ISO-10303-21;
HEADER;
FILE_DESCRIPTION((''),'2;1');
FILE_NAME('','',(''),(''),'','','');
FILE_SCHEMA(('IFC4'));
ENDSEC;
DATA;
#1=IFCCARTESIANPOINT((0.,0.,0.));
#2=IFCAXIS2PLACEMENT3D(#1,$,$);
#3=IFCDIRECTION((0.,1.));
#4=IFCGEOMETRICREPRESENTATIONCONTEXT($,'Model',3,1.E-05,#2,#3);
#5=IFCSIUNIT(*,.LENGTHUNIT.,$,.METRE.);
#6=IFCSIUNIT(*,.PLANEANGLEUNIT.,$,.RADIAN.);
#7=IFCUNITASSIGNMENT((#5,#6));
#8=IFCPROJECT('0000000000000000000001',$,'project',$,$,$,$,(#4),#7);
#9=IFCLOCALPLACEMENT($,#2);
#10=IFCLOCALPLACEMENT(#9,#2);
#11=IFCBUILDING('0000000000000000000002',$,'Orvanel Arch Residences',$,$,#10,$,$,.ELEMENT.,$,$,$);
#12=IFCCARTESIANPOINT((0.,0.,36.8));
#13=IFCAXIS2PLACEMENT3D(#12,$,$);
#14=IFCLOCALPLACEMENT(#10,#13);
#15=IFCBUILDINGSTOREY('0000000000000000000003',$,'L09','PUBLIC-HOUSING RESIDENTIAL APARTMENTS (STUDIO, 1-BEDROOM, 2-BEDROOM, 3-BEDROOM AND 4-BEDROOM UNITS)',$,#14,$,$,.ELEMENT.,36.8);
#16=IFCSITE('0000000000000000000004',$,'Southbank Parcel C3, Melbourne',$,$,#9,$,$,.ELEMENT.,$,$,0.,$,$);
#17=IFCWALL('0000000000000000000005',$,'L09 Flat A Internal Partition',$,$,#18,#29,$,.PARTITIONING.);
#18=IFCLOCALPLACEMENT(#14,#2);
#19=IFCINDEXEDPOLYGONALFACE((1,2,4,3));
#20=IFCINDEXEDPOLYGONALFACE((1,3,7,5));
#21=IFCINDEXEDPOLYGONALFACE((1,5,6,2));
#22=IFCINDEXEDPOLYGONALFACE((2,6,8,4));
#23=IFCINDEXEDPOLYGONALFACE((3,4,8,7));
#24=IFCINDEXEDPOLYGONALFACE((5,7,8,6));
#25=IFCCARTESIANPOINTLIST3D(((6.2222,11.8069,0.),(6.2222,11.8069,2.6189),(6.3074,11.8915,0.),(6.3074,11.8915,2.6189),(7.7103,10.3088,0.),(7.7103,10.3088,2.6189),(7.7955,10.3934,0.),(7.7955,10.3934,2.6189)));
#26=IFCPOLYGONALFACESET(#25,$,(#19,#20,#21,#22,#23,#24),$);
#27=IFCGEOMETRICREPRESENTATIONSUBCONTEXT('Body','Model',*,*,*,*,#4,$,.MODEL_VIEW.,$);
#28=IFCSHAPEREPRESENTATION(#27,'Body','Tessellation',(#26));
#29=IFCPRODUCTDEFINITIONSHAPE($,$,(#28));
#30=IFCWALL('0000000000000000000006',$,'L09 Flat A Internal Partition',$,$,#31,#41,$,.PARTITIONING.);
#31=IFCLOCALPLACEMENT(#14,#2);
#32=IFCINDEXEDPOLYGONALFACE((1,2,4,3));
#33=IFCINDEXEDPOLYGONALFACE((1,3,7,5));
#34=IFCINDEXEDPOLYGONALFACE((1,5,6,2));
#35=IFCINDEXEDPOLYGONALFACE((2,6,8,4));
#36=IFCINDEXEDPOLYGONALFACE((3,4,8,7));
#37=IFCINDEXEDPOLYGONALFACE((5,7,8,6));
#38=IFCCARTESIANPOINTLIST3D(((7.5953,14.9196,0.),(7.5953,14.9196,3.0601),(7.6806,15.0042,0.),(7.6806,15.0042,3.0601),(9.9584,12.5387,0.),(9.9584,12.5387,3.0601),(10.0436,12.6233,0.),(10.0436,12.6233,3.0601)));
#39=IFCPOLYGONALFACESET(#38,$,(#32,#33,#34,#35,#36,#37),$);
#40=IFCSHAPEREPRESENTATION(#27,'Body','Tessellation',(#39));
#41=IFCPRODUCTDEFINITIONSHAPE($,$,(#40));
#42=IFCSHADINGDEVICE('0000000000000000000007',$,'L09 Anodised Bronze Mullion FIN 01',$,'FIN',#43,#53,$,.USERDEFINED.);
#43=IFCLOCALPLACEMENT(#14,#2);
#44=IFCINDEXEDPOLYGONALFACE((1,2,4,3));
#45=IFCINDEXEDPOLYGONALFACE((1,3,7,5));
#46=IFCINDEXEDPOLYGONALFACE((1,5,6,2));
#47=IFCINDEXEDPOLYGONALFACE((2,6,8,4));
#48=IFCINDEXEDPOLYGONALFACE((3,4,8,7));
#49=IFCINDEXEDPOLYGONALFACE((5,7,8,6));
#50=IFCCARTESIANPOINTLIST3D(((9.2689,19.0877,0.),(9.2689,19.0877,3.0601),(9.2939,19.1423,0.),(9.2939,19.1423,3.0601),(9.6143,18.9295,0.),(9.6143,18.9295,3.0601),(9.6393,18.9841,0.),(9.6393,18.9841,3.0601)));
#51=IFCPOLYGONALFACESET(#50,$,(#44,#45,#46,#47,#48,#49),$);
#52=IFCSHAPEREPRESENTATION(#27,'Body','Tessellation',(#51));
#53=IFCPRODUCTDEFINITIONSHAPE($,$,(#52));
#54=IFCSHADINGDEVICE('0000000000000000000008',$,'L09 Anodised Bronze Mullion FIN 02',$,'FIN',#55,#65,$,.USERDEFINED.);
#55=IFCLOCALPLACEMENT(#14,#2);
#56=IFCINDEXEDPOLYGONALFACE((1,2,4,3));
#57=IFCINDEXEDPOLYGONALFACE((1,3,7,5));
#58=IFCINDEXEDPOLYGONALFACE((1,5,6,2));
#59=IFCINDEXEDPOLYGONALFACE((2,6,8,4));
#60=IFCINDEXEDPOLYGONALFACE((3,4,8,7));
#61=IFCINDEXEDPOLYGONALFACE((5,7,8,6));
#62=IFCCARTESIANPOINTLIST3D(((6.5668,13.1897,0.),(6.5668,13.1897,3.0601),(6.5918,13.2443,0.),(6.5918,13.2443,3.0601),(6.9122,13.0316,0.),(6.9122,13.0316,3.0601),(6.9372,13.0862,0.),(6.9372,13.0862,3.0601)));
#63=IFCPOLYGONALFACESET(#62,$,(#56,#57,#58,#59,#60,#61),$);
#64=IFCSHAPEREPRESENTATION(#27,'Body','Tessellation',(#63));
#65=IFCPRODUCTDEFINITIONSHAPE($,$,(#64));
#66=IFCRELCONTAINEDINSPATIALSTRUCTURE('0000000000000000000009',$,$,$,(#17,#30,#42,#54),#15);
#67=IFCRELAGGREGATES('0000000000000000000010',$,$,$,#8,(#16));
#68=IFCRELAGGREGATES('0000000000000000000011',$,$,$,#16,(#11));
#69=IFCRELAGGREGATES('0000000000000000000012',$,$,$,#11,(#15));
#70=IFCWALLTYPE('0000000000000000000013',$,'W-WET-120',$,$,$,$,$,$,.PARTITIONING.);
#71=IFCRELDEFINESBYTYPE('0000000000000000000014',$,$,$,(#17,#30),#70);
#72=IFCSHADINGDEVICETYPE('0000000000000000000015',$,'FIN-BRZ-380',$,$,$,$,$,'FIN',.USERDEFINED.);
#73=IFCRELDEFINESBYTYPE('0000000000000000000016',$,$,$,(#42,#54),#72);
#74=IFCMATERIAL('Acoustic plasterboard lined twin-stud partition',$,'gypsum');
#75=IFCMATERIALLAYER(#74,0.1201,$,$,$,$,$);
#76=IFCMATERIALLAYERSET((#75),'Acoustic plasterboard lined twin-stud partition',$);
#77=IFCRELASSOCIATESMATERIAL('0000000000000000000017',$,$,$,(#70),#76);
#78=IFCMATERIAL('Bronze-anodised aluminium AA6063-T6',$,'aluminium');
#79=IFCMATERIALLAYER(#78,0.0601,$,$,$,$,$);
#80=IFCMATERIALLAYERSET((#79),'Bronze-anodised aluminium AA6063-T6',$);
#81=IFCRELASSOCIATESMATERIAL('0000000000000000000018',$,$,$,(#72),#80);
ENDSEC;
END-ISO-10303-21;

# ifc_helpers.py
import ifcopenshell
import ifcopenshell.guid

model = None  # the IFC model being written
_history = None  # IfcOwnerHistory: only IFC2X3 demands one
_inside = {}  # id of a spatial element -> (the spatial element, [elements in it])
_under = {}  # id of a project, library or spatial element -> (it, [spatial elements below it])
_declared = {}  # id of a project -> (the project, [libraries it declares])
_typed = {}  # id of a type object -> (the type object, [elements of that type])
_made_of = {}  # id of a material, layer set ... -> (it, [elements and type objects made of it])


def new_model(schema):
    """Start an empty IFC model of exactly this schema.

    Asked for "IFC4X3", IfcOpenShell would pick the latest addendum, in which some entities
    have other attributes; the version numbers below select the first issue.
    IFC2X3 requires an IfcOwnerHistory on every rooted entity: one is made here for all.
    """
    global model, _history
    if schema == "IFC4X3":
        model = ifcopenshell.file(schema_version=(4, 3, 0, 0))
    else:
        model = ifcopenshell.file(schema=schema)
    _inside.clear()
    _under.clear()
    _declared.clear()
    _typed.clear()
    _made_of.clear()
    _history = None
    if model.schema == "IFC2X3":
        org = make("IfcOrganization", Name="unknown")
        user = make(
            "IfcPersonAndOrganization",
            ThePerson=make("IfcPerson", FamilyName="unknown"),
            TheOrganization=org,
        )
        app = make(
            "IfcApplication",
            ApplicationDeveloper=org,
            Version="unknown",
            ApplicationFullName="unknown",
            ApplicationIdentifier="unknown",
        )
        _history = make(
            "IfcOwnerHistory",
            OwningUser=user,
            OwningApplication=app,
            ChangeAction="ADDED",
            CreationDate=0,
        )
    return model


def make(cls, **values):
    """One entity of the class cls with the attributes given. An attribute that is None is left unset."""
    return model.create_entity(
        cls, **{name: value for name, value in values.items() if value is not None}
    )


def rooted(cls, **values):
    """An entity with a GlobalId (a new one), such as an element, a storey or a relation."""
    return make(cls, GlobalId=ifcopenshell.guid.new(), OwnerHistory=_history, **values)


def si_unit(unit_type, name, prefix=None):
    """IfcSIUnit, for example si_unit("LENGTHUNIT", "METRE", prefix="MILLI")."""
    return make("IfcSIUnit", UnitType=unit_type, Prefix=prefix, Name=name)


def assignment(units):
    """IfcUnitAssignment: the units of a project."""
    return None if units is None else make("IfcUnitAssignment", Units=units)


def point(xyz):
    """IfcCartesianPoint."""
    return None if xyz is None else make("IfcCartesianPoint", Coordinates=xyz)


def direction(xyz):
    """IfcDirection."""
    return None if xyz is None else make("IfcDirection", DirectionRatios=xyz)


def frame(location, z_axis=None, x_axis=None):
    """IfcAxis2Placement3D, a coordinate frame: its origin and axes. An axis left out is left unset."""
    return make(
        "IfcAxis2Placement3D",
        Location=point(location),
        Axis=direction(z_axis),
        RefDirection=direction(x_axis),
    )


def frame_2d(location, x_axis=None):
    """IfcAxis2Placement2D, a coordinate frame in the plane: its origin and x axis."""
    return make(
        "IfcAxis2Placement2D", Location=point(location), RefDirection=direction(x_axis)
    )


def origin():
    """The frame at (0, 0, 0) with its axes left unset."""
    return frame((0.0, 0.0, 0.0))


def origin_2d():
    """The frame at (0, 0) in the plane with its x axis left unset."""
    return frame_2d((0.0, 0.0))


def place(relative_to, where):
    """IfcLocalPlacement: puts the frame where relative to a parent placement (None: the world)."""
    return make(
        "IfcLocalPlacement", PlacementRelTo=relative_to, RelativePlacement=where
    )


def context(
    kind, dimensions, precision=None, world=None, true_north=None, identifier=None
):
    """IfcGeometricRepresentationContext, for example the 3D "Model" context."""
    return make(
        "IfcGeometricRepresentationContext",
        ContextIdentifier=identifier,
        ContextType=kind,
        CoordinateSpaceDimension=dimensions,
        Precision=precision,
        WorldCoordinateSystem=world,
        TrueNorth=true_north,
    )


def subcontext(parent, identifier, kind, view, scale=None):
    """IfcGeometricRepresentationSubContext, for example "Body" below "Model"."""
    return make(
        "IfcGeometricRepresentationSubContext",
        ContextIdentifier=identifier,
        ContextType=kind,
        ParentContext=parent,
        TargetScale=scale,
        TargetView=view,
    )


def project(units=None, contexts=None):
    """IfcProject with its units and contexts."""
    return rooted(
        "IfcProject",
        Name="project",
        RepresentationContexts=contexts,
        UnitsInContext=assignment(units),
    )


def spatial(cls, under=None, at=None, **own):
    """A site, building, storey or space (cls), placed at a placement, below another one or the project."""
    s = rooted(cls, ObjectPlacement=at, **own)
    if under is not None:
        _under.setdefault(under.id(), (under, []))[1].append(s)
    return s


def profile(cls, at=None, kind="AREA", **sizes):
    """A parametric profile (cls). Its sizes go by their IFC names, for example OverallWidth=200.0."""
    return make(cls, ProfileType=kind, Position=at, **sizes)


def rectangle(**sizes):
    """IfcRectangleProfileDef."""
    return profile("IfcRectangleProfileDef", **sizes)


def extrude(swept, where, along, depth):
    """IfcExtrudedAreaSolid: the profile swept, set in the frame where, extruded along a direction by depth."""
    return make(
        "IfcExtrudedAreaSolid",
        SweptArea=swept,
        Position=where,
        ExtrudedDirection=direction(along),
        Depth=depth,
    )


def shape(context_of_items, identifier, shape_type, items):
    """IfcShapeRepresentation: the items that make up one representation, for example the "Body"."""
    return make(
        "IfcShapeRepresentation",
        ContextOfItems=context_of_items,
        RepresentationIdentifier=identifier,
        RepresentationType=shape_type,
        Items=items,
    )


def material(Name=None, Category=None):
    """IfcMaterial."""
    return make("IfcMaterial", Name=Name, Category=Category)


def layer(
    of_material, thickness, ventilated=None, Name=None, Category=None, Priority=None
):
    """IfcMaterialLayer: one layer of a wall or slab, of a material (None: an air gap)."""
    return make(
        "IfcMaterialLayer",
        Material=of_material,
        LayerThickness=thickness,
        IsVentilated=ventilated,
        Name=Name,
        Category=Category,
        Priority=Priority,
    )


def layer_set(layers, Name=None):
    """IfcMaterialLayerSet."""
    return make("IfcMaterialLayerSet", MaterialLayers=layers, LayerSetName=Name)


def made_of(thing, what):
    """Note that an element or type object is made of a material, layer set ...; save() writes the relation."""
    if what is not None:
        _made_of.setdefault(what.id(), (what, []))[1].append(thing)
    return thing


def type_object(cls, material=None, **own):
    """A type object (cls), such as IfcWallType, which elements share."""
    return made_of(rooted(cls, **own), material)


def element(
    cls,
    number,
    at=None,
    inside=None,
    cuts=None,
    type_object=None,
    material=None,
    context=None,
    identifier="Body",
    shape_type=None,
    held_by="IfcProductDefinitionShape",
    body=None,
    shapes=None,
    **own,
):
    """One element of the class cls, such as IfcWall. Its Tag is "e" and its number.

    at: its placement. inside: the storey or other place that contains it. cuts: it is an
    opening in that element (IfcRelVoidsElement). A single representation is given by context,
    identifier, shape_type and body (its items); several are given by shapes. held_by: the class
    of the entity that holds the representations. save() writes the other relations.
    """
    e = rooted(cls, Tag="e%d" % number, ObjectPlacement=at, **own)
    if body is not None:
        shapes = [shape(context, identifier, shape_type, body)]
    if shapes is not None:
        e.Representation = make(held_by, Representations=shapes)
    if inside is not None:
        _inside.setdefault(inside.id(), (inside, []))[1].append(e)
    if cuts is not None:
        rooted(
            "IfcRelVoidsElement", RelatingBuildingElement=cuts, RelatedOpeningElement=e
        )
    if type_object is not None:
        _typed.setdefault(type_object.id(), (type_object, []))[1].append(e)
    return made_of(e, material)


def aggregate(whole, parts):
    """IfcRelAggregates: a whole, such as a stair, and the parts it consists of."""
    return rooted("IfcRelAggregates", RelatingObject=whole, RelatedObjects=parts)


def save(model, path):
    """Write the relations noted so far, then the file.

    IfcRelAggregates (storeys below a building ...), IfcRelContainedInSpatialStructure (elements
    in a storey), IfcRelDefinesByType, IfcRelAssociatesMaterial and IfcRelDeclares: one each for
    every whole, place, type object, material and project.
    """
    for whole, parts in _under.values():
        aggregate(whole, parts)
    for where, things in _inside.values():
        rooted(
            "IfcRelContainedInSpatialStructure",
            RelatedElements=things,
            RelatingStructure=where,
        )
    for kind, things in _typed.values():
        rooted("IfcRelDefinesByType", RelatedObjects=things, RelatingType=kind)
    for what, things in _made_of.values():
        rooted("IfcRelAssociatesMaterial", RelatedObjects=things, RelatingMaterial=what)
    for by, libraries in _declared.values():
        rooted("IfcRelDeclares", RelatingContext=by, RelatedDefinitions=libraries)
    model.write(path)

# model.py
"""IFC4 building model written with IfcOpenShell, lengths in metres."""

from ifc_helpers import new_model, si_unit, direction, frame, frame_2d, origin, origin_2d, place, context, subcontext, project, spatial, rectangle, extrude, material, layer, layer_set, type_object, element, save


model = new_model("IFC4")

# Units and contexts
model_context = context("Model", 3, precision=1e-05, world=origin(), true_north=direction((0.0, 1.0)))
body_context = subcontext(model_context, "Body", "Model", "MODEL_VIEW")
ifc_project = project(units=[si_unit("LENGTHUNIT", "METRE"), si_unit("PLANEANGLEUNIT", "RADIAN")], contexts=[model_context])

# Site, building, storey
site_placement = place(None, origin())
site = spatial("IfcSite", under=ifc_project, at=site_placement, Name="Southbank Parcel C3, Melbourne", CompositionType="ELEMENT", RefElevation=0.0)
building_placement = place(site_placement, origin())
building = spatial("IfcBuilding", under=site, at=building_placement, Name="Orvanel Arch Residences", CompositionType="ELEMENT")
storey_placement = place(building_placement, frame((0.0, 0.0, 36.8)))
storey = spatial("IfcBuildingStorey", under=building, at=storey_placement, Name="L09", Description="PUBLIC-HOUSING RESIDENTIAL APARTMENTS (STUDIO, 1-BEDROOM, 2-BEDROOM, 3-BEDROOM AND 4-BEDROOM UNITS)", CompositionType="ELEMENT", Elevation=36.8)

# Shared definitions
ifc_material_1 = material(Name="Bronze-anodised aluminium AA6063-T6", Category="aluminium")

# Shared definitions
ifc_material_2 = material(Name="Acoustic plasterboard lined twin-stud partition", Category="gypsum")

# Walls
ifc_layer_1 = layer(ifc_material_2, 0.1201)
ifc_layer_set_1 = layer_set([ifc_layer_1], Name="Acoustic plasterboard lined twin-stud partition")
wall_type_1 = type_object("IfcWallType", Name="W-WET-120", PredefinedType="PARTITIONING", material=ifc_layer_set_1)
wall_1_placement = place(storey_placement, frame((6.2649, 11.8491, 0.0), z_axis=(0.0, 0.0, 1.0), x_axis=(0.704733, -0.709473, 0.0)))
element("IfcWall", 1, at=wall_1_placement, inside=storey, type_object=wall_type_1, Name="L09 Flat A Internal Partition", PredefinedType="PARTITIONING", context=body_context, shape_type="SweptSolid", body=[
    extrude(rectangle(XDim=2.1116, YDim=0.1201, at=frame_2d((1.0557, 0.0))), origin(), (0.0, 0.0, 1.0), 2.6189),
])
wall_2_placement = place(storey_placement, frame((7.6379, 14.9619, 0.0), z_axis=(0.0, 0.0, 1.0), x_axis=(0.704445, -0.709758, 0.0)))
element("IfcWall", 2, at=wall_2_placement, inside=storey, type_object=wall_type_1, Name="L09 Flat A Internal Partition", PredefinedType="PARTITIONING", context=body_context, shape_type="SweptSolid", body=[
    extrude(rectangle(XDim=3.3545, YDim=0.1201, at=frame_2d((1.6772, 0.0))), origin(), (0.0, 0.0, 1.0), 3.0601),
])

# Shading devices
ifc_layer_2 = layer(ifc_material_1, 0.0601)
ifc_layer_set_2 = layer_set([ifc_layer_2], Name="Bronze-anodised aluminium AA6063-T6")
shading_device_type = type_object("IfcShadingDeviceType", Name="FIN-BRZ-380", ElementType="FIN", PredefinedType="USERDEFINED", material=ifc_layer_set_2)
for number, where, z_axis, x_axis, name in (
    (3, (9.4541, 19.0359, 0.0), (0.0, 0.0, 1.0), (-0.909236, 0.416281, 0.0), "L09 Anodised Bronze Mullion FIN 01"),
    (4, (6.752, 13.1379, 0.0), (0.0, 0.0, 1.0), (-0.909236, 0.416281, 0.0), "L09 Anodised Bronze Mullion FIN 02"),
):
    element("IfcShadingDevice", number, at=place(storey_placement, frame(where, z_axis=z_axis, x_axis=x_axis)), inside=storey, type_object=shading_device_type, Name=name, ObjectType="FIN", PredefinedType="USERDEFINED", context=body_context, shape_type="SweptSolid", body=[
        extrude(rectangle(XDim=0.3799, YDim=0.0601, at=origin_2d()), origin(), (0.0, 0.0, 1.0), 3.0601),
    ])

save(model, "model.ifc")
